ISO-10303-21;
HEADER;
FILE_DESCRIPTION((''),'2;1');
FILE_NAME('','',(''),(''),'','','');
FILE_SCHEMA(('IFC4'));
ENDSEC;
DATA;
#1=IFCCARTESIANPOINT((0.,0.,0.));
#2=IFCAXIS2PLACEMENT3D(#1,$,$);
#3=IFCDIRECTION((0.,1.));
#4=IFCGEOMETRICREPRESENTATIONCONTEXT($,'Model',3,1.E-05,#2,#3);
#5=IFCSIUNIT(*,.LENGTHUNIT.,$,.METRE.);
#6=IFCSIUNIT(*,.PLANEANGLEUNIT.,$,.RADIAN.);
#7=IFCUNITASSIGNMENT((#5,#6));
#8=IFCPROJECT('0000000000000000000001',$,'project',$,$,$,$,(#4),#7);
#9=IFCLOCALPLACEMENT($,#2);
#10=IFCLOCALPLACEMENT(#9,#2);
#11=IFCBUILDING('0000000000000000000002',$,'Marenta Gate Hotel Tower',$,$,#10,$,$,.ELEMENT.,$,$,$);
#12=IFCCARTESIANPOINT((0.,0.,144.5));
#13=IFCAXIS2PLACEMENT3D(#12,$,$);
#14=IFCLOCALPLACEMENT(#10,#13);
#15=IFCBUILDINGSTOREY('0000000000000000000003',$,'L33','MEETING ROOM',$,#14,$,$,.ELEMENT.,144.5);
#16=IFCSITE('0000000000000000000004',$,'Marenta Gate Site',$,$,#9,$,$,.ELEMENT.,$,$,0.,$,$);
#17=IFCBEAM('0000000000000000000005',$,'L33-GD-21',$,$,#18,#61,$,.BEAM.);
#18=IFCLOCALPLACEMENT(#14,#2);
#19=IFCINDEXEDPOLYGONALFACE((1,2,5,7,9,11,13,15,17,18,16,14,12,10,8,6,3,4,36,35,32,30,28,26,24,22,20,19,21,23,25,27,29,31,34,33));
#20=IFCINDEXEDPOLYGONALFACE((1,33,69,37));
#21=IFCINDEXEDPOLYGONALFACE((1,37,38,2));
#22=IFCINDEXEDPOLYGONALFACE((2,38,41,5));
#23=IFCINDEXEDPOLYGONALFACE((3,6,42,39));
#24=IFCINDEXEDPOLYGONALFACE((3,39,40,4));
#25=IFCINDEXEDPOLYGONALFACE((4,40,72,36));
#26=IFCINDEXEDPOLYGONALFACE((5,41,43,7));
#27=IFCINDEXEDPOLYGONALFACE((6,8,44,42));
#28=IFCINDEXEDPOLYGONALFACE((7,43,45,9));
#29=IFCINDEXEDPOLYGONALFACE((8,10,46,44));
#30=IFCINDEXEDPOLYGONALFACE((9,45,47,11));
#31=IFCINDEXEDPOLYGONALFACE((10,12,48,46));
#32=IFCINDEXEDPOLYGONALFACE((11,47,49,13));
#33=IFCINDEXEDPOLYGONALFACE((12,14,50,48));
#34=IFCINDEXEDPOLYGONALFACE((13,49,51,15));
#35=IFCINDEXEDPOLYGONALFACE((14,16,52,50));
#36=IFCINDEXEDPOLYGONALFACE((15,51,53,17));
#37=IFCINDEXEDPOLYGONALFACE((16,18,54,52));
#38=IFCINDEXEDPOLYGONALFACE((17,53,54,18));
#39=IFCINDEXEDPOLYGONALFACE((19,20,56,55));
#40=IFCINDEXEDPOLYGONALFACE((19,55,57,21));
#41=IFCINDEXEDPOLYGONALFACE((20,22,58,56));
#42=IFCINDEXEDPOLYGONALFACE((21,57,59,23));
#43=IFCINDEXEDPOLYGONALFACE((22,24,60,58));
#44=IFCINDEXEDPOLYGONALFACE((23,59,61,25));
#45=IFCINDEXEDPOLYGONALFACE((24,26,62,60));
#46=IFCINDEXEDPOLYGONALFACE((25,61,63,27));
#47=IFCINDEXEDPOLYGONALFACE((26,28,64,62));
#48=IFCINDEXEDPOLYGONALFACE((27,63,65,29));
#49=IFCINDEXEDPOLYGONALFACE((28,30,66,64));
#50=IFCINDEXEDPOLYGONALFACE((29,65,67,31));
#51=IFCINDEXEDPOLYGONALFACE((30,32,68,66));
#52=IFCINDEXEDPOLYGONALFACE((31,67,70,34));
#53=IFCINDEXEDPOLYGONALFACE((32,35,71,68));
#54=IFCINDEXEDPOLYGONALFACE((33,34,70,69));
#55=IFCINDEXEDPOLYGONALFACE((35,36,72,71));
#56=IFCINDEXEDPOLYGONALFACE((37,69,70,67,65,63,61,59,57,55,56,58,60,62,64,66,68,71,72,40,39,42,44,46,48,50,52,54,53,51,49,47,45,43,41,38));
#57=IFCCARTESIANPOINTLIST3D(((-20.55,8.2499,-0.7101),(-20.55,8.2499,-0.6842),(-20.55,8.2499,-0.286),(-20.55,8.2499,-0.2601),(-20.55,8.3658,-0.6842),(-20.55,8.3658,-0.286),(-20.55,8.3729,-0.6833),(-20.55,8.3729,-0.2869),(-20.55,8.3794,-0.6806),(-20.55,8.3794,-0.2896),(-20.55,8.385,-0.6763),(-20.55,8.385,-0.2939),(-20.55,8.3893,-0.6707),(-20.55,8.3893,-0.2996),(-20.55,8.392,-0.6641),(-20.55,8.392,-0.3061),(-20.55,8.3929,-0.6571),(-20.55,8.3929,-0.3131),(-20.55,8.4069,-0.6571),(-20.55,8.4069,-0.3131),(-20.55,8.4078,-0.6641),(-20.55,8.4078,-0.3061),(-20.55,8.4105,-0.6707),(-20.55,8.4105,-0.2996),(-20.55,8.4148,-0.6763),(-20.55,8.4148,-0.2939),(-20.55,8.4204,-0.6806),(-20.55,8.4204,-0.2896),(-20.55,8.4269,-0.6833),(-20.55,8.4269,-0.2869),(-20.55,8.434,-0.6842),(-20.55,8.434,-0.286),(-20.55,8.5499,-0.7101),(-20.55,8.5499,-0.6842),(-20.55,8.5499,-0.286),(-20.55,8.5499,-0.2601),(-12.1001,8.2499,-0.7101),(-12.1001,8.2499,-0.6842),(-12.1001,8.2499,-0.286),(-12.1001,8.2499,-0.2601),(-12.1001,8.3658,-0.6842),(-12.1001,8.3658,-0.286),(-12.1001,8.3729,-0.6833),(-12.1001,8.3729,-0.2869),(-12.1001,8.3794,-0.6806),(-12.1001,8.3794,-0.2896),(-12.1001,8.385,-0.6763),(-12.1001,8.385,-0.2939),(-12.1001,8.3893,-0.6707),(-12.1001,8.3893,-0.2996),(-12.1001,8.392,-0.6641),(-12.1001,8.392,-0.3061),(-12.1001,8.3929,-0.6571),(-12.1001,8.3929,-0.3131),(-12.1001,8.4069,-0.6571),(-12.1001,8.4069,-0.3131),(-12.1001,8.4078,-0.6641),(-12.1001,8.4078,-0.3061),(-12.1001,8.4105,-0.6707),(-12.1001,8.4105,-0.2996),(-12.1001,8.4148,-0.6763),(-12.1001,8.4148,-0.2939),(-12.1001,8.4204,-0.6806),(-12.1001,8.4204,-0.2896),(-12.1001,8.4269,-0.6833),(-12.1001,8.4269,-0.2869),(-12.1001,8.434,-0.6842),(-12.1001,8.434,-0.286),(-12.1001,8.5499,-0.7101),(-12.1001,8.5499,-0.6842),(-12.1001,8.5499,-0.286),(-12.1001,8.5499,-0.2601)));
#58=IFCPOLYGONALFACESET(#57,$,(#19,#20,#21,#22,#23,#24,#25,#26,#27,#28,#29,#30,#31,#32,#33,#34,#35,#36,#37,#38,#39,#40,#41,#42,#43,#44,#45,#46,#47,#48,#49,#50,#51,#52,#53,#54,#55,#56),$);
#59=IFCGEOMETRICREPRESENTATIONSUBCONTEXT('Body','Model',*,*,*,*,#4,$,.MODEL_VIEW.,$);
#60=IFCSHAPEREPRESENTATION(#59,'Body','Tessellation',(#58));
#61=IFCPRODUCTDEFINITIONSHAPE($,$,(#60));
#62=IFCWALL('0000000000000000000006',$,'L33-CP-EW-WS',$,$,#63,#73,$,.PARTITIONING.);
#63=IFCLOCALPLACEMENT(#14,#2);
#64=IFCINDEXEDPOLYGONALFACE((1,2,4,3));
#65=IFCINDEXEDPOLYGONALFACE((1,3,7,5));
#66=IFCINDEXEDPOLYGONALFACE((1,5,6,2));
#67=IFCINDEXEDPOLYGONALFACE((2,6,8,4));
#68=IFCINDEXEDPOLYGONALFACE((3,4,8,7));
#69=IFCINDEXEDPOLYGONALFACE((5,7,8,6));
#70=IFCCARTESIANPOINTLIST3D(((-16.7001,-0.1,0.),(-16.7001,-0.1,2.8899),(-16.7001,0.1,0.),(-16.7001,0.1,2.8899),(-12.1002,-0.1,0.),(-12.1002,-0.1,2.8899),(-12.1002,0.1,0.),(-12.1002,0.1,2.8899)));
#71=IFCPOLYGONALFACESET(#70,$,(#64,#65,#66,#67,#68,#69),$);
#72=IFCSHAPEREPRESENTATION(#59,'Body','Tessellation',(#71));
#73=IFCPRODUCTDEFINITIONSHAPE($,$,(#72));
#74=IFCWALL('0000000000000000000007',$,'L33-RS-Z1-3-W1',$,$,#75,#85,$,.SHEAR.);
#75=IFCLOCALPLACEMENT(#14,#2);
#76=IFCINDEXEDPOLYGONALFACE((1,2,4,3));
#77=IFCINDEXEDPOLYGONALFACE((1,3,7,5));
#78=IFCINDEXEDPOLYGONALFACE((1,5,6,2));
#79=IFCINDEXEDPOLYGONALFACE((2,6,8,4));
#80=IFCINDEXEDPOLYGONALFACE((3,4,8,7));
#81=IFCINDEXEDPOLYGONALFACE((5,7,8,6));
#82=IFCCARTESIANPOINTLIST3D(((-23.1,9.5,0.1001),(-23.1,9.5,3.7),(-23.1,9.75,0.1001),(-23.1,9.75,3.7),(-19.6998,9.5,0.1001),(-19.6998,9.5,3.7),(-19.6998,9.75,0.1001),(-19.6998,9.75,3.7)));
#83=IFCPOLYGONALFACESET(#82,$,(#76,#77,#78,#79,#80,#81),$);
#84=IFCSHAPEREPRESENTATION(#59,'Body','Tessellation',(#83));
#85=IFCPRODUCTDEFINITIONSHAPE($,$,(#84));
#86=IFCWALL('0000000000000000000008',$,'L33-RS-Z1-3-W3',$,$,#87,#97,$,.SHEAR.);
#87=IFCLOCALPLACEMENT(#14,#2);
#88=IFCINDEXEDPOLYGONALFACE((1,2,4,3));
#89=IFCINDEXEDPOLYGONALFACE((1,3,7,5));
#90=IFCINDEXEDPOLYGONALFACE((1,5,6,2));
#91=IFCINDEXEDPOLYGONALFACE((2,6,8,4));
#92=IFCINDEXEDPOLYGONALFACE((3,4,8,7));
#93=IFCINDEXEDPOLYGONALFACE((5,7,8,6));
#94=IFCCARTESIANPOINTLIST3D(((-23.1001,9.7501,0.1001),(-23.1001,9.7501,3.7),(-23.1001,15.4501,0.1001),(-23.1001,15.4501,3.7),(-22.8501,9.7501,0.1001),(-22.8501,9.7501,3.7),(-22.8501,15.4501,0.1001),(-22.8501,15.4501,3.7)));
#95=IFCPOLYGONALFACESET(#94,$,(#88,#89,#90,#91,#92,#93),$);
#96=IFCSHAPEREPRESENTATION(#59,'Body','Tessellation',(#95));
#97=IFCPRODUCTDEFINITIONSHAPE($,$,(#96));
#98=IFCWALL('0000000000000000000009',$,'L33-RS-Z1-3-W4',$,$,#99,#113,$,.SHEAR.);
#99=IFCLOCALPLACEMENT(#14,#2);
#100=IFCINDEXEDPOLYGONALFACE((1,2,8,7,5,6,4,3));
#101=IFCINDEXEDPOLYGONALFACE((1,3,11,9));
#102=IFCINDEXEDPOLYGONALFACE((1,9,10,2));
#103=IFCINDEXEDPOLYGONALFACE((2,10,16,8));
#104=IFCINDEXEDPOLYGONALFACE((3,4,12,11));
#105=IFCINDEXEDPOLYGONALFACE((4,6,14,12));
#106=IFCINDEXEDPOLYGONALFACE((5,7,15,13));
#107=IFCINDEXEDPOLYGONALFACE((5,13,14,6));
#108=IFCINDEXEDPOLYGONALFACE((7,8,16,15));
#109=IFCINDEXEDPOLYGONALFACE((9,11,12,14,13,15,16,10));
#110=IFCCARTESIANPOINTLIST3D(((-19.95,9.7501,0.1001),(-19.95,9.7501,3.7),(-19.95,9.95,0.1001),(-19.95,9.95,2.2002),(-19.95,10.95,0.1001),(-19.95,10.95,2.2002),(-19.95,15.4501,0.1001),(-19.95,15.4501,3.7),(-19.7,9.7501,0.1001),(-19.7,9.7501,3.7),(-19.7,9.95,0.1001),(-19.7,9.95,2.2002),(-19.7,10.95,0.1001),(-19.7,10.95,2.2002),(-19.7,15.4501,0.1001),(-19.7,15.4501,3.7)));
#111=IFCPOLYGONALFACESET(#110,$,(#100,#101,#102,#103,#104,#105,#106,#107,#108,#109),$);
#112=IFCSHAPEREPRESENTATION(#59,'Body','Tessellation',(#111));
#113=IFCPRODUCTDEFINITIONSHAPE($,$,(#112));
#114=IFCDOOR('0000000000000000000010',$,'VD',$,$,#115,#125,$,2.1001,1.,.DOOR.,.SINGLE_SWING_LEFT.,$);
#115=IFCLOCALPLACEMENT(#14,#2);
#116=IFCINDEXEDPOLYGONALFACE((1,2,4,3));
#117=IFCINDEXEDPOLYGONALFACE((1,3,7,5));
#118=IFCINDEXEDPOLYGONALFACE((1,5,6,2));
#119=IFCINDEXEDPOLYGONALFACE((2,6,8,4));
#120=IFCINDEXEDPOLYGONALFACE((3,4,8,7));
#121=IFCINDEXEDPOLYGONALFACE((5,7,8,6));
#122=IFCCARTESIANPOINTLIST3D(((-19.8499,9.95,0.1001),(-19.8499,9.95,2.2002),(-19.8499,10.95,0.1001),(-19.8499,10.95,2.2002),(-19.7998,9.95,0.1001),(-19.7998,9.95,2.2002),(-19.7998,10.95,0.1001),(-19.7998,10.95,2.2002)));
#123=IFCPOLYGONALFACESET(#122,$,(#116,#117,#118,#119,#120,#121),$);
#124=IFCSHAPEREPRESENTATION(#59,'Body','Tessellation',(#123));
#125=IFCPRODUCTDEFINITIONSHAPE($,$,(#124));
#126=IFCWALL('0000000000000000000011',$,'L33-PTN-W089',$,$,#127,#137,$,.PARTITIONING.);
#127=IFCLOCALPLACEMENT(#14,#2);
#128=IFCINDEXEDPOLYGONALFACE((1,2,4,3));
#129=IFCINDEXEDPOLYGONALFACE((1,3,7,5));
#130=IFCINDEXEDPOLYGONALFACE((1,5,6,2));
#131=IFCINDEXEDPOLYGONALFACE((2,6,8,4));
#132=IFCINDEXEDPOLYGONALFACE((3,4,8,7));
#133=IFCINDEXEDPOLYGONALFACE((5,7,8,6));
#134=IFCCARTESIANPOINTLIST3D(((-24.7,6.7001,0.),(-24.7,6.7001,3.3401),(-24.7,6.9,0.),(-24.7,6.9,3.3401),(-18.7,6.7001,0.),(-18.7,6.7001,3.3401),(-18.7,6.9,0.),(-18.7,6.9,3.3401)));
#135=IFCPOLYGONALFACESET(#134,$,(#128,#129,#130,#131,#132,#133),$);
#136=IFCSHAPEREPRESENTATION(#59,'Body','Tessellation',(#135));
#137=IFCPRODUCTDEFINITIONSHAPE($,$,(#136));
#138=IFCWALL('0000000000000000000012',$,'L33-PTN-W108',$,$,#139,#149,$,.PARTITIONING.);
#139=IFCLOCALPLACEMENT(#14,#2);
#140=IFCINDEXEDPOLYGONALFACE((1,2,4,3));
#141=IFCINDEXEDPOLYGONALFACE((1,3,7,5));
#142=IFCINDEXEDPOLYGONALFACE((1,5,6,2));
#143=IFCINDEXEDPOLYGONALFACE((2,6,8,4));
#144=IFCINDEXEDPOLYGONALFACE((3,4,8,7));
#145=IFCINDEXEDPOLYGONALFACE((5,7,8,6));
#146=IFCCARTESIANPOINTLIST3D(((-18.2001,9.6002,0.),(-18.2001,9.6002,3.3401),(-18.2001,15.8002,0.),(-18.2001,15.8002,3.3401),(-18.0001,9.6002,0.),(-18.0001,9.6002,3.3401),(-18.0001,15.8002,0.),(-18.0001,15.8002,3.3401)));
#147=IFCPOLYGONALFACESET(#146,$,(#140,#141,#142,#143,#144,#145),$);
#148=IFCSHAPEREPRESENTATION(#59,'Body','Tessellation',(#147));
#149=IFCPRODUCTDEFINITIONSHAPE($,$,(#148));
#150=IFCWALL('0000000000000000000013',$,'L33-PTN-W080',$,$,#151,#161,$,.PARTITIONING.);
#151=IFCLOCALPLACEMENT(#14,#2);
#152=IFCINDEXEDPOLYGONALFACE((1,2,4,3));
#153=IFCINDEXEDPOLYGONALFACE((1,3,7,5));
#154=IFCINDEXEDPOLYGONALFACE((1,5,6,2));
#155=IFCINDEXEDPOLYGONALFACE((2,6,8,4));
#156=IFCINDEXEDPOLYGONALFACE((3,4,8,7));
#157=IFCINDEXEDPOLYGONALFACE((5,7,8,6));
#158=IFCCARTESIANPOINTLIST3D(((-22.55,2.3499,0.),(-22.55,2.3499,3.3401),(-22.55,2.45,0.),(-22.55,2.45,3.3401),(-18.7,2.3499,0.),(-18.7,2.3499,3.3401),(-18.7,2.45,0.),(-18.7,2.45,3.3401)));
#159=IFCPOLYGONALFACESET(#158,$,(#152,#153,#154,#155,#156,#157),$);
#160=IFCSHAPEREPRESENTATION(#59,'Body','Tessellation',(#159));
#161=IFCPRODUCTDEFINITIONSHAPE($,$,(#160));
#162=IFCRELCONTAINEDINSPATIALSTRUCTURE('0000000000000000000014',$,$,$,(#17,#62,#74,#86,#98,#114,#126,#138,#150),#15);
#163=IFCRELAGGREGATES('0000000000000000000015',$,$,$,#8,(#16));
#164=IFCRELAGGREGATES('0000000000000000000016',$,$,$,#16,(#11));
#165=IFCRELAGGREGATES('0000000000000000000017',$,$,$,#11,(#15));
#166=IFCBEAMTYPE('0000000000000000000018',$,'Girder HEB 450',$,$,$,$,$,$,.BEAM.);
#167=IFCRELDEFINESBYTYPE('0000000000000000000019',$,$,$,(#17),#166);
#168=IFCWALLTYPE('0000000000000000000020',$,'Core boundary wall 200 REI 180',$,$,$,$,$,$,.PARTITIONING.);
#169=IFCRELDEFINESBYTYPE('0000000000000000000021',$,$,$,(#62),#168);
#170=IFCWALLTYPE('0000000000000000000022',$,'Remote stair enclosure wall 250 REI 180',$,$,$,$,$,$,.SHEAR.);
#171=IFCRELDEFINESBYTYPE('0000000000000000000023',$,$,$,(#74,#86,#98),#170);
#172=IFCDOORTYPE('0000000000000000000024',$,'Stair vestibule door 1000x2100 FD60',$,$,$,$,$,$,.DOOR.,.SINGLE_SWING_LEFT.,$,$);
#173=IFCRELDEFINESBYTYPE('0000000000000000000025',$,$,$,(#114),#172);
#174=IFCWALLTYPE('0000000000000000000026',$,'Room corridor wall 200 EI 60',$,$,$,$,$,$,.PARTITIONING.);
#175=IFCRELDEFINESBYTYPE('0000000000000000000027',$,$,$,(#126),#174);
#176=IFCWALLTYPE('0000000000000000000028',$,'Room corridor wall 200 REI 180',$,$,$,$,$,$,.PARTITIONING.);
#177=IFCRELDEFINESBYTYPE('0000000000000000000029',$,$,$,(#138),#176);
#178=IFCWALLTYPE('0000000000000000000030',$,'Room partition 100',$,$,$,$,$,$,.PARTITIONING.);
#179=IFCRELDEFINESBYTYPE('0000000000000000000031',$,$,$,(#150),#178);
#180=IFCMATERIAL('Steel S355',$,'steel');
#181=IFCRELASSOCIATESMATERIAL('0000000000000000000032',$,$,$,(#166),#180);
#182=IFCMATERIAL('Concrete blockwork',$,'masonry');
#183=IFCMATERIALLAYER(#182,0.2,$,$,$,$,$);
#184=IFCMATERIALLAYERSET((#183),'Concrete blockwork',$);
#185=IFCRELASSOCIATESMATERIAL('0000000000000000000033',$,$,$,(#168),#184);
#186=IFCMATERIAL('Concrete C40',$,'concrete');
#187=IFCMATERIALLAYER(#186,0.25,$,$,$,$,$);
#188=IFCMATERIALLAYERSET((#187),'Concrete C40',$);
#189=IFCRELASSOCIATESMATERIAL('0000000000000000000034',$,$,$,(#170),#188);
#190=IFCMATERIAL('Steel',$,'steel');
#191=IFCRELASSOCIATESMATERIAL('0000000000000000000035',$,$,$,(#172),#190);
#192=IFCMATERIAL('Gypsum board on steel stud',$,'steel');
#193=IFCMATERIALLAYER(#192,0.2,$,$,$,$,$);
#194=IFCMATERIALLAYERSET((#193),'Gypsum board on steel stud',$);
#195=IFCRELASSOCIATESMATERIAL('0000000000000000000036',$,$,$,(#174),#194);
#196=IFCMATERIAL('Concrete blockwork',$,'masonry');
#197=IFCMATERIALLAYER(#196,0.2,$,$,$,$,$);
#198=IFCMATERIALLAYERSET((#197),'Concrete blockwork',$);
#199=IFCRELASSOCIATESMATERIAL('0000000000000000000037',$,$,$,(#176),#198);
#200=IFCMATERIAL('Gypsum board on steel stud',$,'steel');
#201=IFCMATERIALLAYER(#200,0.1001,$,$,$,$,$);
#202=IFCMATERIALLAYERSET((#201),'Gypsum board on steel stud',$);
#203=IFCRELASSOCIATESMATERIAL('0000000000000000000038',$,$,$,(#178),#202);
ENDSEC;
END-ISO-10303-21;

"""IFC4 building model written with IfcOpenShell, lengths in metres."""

from ifc_helpers import new_model, si_unit, direction, frame, frame_2d, origin, origin_2d, place, context, subcontext, project, spatial, rectangle, i_section, extrude, material, layer, layer_set, material_profile, profile_set, type_object, element, fill, save


model = new_model("IFC4")

# Units and contexts
model_context = context("Model", 3, precision=1e-05, world=origin(), true_north=direction((0.0, 1.0)))
body_context = subcontext(model_context, "Body", "Model", "MODEL_VIEW")
ifc_project = project(units=[si_unit("LENGTHUNIT", "METRE"), si_unit("PLANEANGLEUNIT", "RADIAN")], contexts=[model_context])

# Site, building, storey
site_placement = place(None, origin())
site = spatial("IfcSite", under=ifc_project, at=site_placement, Name="Marenta Gate Site", CompositionType="ELEMENT", RefElevation=0.0)
building_placement = place(site_placement, origin())
building = spatial("IfcBuilding", under=site, at=building_placement, Name="Marenta Gate Hotel Tower", CompositionType="ELEMENT")
storey_placement = place(building_placement, frame((0.0, 0.0, 144.5)))
storey = spatial("IfcBuildingStorey", under=building, at=storey_placement, Name="L33", Description="MEETING ROOM", CompositionType="ELEMENT", Elevation=144.5)

# Beam
ifc_material_1 = material(Name="Steel S355", Category="steel")
ifc_material_profile_1 = material_profile(ifc_material_1, i_section(OverallWidth=0.3, OverallDepth=0.45, WebThickness=0.0139, FlangeThickness=0.0259, FilletRadius=0.0271, at=origin_2d()), Name="HEB 450")
ifc_profile_set_1 = profile_set([ifc_material_profile_1], Name="Steel S355")
beam_type_1 = type_object("IfcBeamType", Name="Girder HEB 450", PredefinedType="BEAM", material=ifc_profile_set_1)
beam_1_placement = place(storey_placement, frame((-20.55, 8.3999, -0.4851), z_axis=(1.0, 0.0, 0.0), x_axis=(0.0, 1.0, 0.0)))
element("IfcBeam", 1, at=beam_1_placement, inside=storey, type_object=beam_type_1, Name="L33-GD-21", PredefinedType="BEAM", context=body_context, shape_type="SweptSolid", body=[
    extrude(i_section(OverallWidth=0.3, OverallDepth=0.45, WebThickness=0.0139, FlangeThickness=0.0259, FilletRadius=0.0271, at=origin_2d()), origin(), (0.0, 0.0, 1.0), 8.45),
])

# Walls
ifc_material_2 = material(Name="Concrete blockwork", Category="masonry")
ifc_layer_1 = layer(ifc_material_2, 0.2)
ifc_layer_set_1 = layer_set([ifc_layer_1], Name="Concrete blockwork")
wall_type_1 = type_object("IfcWallType", Name="Core boundary wall 200 REI 180", PredefinedType="PARTITIONING", material=ifc_layer_set_1)
wall_1_placement = place(storey_placement, frame((-16.7, 0.0, 0.0), z_axis=(0.0, 0.0, 1.0), x_axis=(1.0, 0.0, 0.0)))
element("IfcWall", 2, at=wall_1_placement, inside=storey, type_object=wall_type_1, Name="L33-CP-EW-WS", PredefinedType="PARTITIONING", context=body_context, shape_type="SweptSolid", body=[
    extrude(rectangle(XDim=4.5999, YDim=0.2, at=frame_2d((2.2998, 0.0))), origin(), (0.0, 0.0, 1.0), 2.8899),
])
ifc_material_3 = material(Name="Concrete C40", Category="concrete")
ifc_layer_2 = layer(ifc_material_3, 0.25)
ifc_layer_set_2 = layer_set([ifc_layer_2], Name="Concrete C40")
wall_type_2 = type_object("IfcWallType", Name="Remote stair enclosure wall 250 REI 180", PredefinedType="SHEAR", material=ifc_layer_set_2)
wall_2_placement = place(storey_placement, frame((-23.1001, 9.625, 0.1001), z_axis=(0.0, 0.0, 1.0), x_axis=(1.0, 0.0, 0.0)))
element("IfcWall", 3, at=wall_2_placement, inside=storey, type_object=wall_type_2, Name="L33-RS-Z1-3-W1", PredefinedType="SHEAR", context=body_context, shape_type="SweptSolid", body=[
    extrude(rectangle(XDim=3.4001, YDim=0.25, at=frame_2d((1.7002, 0.0))), origin(), (0.0, 0.0, 1.0), 3.5999),
])
wall_3_placement = place(storey_placement, frame((-22.9751, 9.75, 0.1001), z_axis=(0.0, 0.0, 1.0), x_axis=(0.0, 1.0, 0.0)))
element("IfcWall", 4, at=wall_3_placement, inside=storey, type_object=wall_type_2, Name="L33-RS-Z1-3-W3", PredefinedType="SHEAR", context=body_context, shape_type="SweptSolid", body=[
    extrude(rectangle(XDim=5.7, YDim=0.25, at=frame_2d((2.8501, 0.0))), origin(), (0.0, 0.0, 1.0), 3.5999),
])

# Wall, opening, door
wall_4_placement = place(storey_placement, frame((-19.825, 9.75, 0.1001), z_axis=(0.0, 0.0, 1.0), x_axis=(0.0, 1.0, 0.0)))
wall_4 = element("IfcWall", 5, at=wall_4_placement, inside=storey, type_object=wall_type_2, Name="L33-RS-Z1-3-W4", PredefinedType="SHEAR", context=body_context, shape_type="SweptSolid", body=[
    extrude(rectangle(XDim=5.7, YDim=0.25, at=frame_2d((2.8501, 0.0))), origin(), (0.0, 0.0, 1.0), 3.5999),
])
opening_1_placement = place(wall_4_placement, frame((0.2, 0.0, 0.0)))
opening_1 = element("IfcOpeningElement", 6, at=opening_1_placement, cuts=wall_4, PredefinedType="OPENING", context=body_context, shape_type="SweptSolid", body=[
    extrude(rectangle(XDim=1.0, YDim=2.1001, at=frame_2d((0.5, 1.05))), frame((0.0, 0.125, 0.0), z_axis=(0.0, -1.0, 0.0), x_axis=(1.0, 0.0, 0.0)), (0.0, 0.0, 1.0), 0.25),
])
ifc_material_4 = material(Name="Steel", Category="steel")
door_type_1 = type_object("IfcDoorType", Name="Stair vestibule door 1000x2100 FD60", OperationType="SINGLE_SWING_LEFT", PredefinedType="DOOR", material=ifc_material_4)
door_1_placement = place(opening_1_placement, origin())
door_1 = element("IfcDoor", 7, at=door_1_placement, inside=storey, type_object=door_type_1, Name="VD", OperationType="SINGLE_SWING_LEFT", OverallHeight=2.1001, OverallWidth=1.0, PredefinedType="DOOR", context=body_context, shape_type="SweptSolid", body=[
    extrude(rectangle(XDim=1.0, YDim=2.1001, at=frame_2d((0.5, 1.05))), frame((0.0, 0.0249, 0.0), z_axis=(0.0, -1.0, 0.0), x_axis=(1.0, 0.0, 0.0)), (0.0, 0.0, 1.0), 0.05),
])
fill(opening_1, door_1)

# Wall
ifc_material_5 = material(Name="Gypsum board on steel stud", Category="steel")
ifc_layer_3 = layer(ifc_material_5, 0.2)
ifc_layer_set_3 = layer_set([ifc_layer_3], Name="Gypsum board on steel stud")
wall_type_3 = type_object("IfcWallType", Name="Room corridor wall 200 EI 60", PredefinedType="PARTITIONING", material=ifc_layer_set_3)
wall_5_placement = place(storey_placement, frame((-24.7, 6.8, 0.0), z_axis=(0.0, 0.0, 1.0), x_axis=(1.0, 0.0, 0.0)))
element("IfcWall", 8, at=wall_5_placement, inside=storey, type_object=wall_type_3, Name="L33-PTN-W089", PredefinedType="PARTITIONING", context=body_context, shape_type="SweptSolid", body=[
    extrude(rectangle(XDim=6.0, YDim=0.2, at=frame_2d((3.0, 0.0))), origin(), (0.0, 0.0, 1.0), 3.3401),
])

# Shared definitions
ifc_material_6 = material(Name="Concrete blockwork", Category="masonry")
ifc_layer_4 = layer(ifc_material_6, 0.2)
ifc_layer_set_4 = layer_set([ifc_layer_4], Name="Concrete blockwork")
wall_type_4 = type_object("IfcWallType", Name="Room corridor wall 200 REI 180", PredefinedType="PARTITIONING", material=ifc_layer_set_4)

# Walls
wall_6_placement = place(storey_placement, frame((-18.1001, 9.6001, 0.0), z_axis=(0.0, 0.0, 1.0), x_axis=(0.0, 1.0, 0.0)))
element("IfcWall", 9, at=wall_6_placement, inside=storey, type_object=wall_type_4, Name="L33-PTN-W108", PredefinedType="PARTITIONING", context=body_context, shape_type="SweptSolid", body=[
    extrude(rectangle(XDim=6.2, YDim=0.2, at=frame_2d((3.1001, 0.0))), origin(), (0.0, 0.0, 1.0), 3.3401),
])
ifc_material_7 = material(Name="Gypsum board on steel stud", Category="steel")
ifc_layer_5 = layer(ifc_material_7, 0.1001)
ifc_layer_set_5 = layer_set([ifc_layer_5], Name="Gypsum board on steel stud")
wall_type_5 = type_object("IfcWallType", Name="Room partition 100", PredefinedType="PARTITIONING", material=ifc_layer_set_5)
wall_7_placement = place(storey_placement, frame((-22.55, 2.3999, 0.0), z_axis=(0.0, 0.0, 1.0), x_axis=(1.0, 0.0, 0.0)))
element("IfcWall", 10, at=wall_7_placement, inside=storey, type_object=wall_type_5, Name="L33-PTN-W080", PredefinedType="PARTITIONING", context=body_context, shape_type="SweptSolid", body=[
    extrude(rectangle(XDim=3.8501, YDim=0.1001, at=frame_2d((1.925, 0.0))), origin(), (0.0, 0.0, 1.0), 3.3401),
])

save(model, "model.ifc")
